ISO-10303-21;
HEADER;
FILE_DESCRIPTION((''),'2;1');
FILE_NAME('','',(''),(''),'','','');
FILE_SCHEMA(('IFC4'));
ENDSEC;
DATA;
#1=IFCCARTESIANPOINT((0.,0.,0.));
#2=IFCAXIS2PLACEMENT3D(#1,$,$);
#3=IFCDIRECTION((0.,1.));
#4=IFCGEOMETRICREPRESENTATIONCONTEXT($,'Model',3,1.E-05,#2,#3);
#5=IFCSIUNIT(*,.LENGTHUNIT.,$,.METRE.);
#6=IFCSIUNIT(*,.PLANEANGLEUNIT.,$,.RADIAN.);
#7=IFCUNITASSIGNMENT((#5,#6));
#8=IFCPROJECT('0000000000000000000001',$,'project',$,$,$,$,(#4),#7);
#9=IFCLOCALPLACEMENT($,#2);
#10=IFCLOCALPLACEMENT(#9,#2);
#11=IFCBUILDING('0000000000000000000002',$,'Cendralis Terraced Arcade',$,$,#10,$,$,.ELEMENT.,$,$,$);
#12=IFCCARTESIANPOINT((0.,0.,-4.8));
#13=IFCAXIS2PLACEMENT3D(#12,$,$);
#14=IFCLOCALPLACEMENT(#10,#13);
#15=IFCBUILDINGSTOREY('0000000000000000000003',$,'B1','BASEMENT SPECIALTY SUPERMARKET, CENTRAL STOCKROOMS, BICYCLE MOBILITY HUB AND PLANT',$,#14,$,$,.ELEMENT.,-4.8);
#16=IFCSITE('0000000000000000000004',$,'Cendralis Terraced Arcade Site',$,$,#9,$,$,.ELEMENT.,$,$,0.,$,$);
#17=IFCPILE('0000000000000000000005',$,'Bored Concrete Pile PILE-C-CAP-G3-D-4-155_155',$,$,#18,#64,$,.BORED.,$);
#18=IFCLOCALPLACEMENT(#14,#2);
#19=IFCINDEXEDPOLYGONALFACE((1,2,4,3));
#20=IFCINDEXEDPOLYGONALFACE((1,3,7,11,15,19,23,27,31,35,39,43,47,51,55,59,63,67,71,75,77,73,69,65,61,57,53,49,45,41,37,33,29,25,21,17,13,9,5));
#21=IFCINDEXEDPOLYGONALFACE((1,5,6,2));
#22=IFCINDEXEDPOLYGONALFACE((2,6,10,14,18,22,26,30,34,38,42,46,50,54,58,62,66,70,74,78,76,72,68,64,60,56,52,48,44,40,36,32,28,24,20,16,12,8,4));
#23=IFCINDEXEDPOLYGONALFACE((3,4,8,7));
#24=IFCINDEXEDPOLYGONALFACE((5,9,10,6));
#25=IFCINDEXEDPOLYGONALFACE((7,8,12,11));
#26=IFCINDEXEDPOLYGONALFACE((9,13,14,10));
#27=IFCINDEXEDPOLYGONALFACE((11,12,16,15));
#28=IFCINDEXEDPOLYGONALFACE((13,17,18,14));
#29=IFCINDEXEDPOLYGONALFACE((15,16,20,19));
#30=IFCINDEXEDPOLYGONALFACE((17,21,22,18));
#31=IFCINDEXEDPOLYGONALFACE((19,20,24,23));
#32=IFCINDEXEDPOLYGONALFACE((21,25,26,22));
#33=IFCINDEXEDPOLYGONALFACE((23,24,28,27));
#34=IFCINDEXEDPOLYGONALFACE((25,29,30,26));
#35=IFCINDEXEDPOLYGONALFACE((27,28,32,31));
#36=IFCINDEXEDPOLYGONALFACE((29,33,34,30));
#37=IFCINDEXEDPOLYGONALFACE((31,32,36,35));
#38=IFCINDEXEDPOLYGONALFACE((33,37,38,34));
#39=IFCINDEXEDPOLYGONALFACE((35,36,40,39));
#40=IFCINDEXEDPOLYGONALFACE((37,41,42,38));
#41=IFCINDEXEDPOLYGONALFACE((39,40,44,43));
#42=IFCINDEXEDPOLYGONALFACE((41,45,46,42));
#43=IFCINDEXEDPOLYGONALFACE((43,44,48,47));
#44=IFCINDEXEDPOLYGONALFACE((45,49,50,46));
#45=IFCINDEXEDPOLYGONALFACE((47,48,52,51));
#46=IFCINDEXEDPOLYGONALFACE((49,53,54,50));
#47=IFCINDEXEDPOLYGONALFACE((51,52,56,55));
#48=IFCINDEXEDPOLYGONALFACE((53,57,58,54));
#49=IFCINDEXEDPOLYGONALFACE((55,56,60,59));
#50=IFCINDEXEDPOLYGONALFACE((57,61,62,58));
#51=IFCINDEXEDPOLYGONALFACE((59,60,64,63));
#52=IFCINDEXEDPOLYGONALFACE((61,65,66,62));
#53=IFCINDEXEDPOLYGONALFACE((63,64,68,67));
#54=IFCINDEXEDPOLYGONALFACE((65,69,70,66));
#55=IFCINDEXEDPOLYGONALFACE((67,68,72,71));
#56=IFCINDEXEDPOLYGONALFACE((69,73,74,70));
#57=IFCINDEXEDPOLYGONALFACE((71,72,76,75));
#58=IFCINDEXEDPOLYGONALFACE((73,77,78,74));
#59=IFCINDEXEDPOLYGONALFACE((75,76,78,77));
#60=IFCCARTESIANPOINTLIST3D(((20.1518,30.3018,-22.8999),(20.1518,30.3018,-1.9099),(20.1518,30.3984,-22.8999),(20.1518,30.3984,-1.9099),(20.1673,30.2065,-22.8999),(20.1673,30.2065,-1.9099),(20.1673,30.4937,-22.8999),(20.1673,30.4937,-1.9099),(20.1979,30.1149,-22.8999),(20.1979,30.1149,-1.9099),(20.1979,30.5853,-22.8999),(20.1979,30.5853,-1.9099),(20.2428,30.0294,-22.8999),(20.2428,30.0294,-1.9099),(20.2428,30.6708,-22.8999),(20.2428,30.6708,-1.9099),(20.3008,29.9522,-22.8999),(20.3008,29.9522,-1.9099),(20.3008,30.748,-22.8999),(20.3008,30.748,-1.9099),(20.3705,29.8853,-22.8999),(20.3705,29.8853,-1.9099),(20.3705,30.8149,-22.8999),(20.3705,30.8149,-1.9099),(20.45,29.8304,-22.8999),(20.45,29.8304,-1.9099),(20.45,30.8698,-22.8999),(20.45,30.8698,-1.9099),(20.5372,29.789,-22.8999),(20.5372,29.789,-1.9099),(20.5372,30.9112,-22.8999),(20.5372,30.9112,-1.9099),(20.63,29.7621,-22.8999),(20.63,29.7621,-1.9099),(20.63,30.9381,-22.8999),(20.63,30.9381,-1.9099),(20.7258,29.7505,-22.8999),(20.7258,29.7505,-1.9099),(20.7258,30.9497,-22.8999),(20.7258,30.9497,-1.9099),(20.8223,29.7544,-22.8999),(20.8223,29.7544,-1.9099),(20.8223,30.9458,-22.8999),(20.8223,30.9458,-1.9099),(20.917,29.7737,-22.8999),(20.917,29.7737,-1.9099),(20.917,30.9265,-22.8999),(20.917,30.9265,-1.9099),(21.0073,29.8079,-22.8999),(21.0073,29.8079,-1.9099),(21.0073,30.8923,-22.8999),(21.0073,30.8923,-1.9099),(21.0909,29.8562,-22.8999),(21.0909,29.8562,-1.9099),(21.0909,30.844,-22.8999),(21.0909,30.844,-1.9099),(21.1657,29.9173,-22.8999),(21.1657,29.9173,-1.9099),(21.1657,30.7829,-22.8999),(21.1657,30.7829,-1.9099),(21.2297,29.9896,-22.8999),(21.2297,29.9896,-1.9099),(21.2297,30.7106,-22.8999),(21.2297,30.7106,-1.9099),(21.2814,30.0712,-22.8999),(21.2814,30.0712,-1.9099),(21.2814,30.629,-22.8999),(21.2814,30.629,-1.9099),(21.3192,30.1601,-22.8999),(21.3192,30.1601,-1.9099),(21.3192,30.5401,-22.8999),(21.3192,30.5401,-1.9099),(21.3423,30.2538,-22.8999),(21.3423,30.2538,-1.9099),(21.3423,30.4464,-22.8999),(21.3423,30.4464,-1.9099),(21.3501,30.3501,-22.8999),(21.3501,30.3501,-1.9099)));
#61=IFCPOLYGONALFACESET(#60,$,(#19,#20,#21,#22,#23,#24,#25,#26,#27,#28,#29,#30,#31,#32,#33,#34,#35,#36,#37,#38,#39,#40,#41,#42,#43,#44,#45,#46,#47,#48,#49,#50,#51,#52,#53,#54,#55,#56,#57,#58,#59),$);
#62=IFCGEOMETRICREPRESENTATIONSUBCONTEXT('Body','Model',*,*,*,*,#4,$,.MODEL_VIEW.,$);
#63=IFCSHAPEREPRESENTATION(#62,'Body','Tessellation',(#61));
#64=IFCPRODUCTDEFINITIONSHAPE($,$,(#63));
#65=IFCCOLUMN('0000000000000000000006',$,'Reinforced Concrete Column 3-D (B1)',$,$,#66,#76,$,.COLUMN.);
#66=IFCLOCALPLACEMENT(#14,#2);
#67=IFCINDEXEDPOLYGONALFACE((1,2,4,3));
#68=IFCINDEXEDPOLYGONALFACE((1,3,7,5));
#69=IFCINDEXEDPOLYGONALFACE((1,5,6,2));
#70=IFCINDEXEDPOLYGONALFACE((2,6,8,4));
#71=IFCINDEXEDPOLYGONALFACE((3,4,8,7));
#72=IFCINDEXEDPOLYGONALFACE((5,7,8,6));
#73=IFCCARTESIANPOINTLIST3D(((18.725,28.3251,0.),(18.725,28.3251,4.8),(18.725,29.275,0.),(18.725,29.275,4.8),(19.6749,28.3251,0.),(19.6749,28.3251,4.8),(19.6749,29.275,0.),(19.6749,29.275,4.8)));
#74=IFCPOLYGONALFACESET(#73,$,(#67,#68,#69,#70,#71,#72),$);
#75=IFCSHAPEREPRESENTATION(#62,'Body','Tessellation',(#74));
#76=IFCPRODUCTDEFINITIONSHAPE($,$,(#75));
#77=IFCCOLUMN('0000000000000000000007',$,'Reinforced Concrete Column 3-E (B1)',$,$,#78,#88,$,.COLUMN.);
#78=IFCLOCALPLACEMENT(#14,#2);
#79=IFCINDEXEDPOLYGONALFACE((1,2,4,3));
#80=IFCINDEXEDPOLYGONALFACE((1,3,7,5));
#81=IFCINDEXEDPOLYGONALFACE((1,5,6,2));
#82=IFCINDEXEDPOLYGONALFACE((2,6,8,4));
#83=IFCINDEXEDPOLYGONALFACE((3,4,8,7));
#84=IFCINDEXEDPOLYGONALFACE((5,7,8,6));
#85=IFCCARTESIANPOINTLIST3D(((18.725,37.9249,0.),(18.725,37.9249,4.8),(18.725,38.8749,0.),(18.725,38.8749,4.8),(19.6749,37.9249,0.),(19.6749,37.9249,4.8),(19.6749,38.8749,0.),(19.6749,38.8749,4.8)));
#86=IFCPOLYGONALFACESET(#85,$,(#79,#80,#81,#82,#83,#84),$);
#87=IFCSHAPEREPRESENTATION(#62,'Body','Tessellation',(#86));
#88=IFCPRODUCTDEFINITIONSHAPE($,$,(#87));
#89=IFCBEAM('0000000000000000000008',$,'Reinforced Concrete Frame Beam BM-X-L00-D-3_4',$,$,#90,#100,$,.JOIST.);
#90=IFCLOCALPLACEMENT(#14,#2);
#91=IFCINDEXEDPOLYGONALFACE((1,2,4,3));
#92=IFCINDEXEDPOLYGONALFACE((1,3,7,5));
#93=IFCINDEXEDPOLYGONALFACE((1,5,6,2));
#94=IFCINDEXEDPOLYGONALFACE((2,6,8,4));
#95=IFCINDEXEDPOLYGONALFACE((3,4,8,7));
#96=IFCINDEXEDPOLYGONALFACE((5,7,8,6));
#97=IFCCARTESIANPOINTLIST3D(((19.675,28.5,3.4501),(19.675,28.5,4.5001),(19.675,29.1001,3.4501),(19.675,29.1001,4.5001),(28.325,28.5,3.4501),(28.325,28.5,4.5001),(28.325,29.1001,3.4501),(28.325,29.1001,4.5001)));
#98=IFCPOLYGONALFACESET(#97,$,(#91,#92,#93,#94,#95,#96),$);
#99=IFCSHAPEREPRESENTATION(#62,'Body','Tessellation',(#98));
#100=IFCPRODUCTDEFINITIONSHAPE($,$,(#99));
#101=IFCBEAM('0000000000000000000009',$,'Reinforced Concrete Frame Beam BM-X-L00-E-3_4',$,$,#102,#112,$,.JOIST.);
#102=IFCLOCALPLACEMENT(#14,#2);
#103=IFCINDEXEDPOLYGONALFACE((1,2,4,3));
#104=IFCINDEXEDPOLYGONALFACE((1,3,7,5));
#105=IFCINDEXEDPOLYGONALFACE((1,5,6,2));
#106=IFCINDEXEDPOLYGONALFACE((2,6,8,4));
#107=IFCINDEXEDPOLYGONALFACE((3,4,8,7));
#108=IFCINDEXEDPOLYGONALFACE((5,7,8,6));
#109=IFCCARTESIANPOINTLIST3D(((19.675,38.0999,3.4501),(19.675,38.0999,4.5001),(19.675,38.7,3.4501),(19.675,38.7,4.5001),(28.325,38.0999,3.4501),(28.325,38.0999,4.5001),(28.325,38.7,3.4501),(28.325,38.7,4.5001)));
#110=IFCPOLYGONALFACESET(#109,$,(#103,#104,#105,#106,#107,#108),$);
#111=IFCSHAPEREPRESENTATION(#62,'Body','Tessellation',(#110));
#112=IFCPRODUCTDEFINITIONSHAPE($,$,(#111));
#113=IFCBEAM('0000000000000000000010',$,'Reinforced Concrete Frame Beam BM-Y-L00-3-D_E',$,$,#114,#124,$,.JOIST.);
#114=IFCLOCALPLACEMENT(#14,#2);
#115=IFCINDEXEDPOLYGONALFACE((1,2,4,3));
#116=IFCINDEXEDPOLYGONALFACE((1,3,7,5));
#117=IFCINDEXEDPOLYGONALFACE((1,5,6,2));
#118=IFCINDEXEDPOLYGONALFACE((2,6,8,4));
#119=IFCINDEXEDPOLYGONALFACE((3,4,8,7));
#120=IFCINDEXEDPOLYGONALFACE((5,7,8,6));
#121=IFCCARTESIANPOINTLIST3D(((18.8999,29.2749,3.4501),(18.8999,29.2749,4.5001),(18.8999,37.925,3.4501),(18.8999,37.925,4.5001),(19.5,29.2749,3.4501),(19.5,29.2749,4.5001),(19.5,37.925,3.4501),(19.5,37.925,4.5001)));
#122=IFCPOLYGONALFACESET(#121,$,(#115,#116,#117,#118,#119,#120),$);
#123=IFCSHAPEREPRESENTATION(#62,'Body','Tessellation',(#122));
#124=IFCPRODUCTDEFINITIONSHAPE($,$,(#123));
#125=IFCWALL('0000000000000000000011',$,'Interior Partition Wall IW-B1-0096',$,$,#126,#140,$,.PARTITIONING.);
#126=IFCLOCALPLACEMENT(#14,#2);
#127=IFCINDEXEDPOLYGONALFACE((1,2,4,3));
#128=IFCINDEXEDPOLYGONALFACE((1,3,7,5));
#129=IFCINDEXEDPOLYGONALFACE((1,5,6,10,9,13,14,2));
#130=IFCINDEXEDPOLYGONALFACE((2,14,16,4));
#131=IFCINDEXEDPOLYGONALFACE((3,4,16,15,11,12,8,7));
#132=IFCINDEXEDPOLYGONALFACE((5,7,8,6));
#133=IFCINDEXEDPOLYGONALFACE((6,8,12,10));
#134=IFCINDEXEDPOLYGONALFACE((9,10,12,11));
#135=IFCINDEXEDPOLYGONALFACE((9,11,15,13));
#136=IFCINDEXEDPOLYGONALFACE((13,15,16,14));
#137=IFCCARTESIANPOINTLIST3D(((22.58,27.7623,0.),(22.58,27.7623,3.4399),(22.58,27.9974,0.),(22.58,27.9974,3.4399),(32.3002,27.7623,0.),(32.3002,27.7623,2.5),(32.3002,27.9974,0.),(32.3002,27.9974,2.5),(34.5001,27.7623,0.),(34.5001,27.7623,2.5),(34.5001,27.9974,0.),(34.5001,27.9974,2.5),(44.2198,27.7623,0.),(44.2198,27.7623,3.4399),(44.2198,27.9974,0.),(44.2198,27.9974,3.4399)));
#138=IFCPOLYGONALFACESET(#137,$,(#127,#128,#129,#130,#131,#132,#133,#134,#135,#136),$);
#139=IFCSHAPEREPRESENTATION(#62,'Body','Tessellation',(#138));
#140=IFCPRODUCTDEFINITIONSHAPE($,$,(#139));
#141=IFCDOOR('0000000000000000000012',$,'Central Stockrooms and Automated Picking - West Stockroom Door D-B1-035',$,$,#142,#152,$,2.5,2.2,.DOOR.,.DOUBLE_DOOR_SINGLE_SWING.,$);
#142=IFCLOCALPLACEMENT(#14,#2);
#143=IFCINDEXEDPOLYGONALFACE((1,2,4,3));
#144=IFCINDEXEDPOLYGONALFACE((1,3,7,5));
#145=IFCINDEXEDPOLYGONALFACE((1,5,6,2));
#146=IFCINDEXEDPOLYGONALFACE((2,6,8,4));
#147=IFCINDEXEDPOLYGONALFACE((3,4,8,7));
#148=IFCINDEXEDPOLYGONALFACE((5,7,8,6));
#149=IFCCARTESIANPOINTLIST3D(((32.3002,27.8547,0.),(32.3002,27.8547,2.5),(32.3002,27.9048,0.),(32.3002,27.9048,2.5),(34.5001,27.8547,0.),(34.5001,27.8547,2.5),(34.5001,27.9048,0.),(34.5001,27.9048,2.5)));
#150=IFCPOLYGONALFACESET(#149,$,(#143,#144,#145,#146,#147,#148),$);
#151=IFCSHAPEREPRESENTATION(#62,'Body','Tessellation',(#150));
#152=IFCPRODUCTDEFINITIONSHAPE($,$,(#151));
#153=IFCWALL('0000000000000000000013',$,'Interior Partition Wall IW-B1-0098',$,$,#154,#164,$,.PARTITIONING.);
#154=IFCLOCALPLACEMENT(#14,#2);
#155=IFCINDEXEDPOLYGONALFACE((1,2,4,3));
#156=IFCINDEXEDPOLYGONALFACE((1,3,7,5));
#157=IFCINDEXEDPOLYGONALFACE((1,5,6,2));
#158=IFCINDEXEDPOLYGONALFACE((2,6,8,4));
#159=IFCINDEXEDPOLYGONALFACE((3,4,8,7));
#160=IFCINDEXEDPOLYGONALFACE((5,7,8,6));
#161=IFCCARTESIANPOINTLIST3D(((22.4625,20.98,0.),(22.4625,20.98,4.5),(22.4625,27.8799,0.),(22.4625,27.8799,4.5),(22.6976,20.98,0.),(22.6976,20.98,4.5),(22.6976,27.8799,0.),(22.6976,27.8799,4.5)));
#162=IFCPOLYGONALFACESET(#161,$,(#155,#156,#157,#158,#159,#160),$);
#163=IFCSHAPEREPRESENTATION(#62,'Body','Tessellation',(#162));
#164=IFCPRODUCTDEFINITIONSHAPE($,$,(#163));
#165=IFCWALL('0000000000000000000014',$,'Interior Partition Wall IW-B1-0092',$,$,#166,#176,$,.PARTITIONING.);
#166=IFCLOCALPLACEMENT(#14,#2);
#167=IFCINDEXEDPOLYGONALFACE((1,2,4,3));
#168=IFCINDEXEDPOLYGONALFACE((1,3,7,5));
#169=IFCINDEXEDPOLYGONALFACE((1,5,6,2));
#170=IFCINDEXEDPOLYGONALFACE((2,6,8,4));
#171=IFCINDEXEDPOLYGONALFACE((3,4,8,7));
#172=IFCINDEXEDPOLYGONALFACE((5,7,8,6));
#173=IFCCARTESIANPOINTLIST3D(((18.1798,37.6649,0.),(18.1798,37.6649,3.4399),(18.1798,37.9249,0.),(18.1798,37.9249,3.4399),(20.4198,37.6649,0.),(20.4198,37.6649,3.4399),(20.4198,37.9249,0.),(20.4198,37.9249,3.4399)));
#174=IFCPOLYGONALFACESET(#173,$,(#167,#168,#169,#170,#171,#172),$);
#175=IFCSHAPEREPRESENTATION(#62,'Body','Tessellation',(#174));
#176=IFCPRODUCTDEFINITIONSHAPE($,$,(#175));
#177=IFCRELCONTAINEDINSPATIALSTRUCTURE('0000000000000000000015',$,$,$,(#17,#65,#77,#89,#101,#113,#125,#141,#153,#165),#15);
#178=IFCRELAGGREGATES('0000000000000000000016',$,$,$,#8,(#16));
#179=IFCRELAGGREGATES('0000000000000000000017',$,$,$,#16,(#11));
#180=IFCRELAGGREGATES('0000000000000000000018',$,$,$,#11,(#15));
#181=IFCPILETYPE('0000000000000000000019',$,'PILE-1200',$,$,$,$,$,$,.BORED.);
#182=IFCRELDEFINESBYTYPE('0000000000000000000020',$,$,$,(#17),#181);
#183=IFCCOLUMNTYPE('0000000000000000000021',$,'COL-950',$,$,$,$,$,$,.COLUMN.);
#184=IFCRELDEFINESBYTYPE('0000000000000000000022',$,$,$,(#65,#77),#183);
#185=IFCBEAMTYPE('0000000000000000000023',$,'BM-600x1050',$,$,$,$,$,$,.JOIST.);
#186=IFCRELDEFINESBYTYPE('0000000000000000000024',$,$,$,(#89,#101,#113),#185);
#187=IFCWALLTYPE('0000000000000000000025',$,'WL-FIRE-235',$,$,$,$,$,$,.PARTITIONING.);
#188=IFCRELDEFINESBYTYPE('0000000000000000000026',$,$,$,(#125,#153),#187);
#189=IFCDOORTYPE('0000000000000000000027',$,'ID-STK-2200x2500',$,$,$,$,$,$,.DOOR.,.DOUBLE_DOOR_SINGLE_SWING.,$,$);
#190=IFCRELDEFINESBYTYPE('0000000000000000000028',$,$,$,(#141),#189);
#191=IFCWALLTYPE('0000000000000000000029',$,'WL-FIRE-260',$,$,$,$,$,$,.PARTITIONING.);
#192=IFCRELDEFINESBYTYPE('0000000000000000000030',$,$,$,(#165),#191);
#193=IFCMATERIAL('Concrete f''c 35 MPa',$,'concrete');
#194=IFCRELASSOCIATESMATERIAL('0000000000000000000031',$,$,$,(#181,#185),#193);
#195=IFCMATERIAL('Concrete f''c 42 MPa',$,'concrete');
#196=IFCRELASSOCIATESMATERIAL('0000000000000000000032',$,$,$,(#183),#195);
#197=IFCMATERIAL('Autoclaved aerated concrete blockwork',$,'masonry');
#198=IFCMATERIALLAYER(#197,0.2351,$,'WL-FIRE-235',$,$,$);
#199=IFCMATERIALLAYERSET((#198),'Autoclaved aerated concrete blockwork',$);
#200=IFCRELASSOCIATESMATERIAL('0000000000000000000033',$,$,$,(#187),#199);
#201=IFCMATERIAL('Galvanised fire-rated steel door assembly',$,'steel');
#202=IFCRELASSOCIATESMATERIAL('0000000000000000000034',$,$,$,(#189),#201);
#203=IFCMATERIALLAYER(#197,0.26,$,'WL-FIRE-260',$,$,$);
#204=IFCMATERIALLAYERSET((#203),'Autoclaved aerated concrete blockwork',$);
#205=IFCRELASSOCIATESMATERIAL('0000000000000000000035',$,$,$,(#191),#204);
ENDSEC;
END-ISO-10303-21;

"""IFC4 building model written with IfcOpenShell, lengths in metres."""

from ifc_helpers import new_model, si_unit, direction, frame, frame_2d, origin, origin_2d, place, context, subcontext, project, spatial, rectangle, circle, extrude, material, layer, layer_set, material_profile, profile_set, type_object, element, fill, save


model = new_model("IFC4")

# Units and contexts
model_context = context("Model", 3, precision=1e-05, world=origin(), true_north=direction((0.0, 1.0)))
body_context = subcontext(model_context, "Body", "Model", "MODEL_VIEW")
ifc_project = project(units=[si_unit("LENGTHUNIT", "METRE"), si_unit("PLANEANGLEUNIT", "RADIAN")], contexts=[model_context])

# Site, building, storey
site_placement = place(None, origin())
site = spatial("IfcSite", under=ifc_project, at=site_placement, Name="Cendralis Terraced Arcade Site", CompositionType="ELEMENT", RefElevation=0.0)
building_placement = place(site_placement, origin())
building = spatial("IfcBuilding", under=site, at=building_placement, Name="Cendralis Terraced Arcade", CompositionType="ELEMENT")
storey_placement = place(building_placement, frame((0.0, 0.0, -4.8)))
storey = spatial("IfcBuildingStorey", under=building, at=storey_placement, Name="B1", Description="BASEMENT SPECIALTY SUPERMARKET, CENTRAL STOCKROOMS, BICYCLE MOBILITY HUB AND PLANT", CompositionType="ELEMENT", Elevation=-4.8)

# Shared definitions
ifc_material_1 = material(Name="Concrete f'c 35 MPa", Category="concrete")

# Pile
ifc_material_profile_1 = material_profile(ifc_material_1, circle(Radius=0.6001, at=origin_2d()), Name="PILE-D1200", Category="LoadBearing")
ifc_profile_set_1 = profile_set([ifc_material_profile_1], Name="Concrete f'c 35 MPa")
pile_type_1 = type_object("IfcPileType", Name="PILE-1200", PredefinedType="BORED", material=ifc_profile_set_1)
for number, where, z_axis, x_axis, name in (
    (1, (20.75, 30.3501, -1.9099), (0.0, 0.0, -1.0), (1.0, 0.0, 0.0), "Bored Concrete Pile PILE-C-CAP-G3-D-4-155_155"),
):
    element("IfcPile", number, at=place(storey_placement, frame(where, z_axis=z_axis, x_axis=x_axis)), inside=storey, type_object=pile_type_1, Name=name, PredefinedType="BORED", context=body_context, shape_type="SweptSolid", body=[
        extrude(circle(Radius=0.6001, at=origin_2d()), origin(), (0.0, 0.0, 1.0), 20.99),
    ])

# Columns
ifc_material_2 = material(Name="Concrete f'c 42 MPa", Category="concrete")
ifc_material_profile_2 = material_profile(ifc_material_2, rectangle(XDim=0.95, YDim=0.95, at=origin_2d()), Name="RC-COL-950x950", Category="LoadBearing")
ifc_profile_set_2 = profile_set([ifc_material_profile_2], Name="Concrete f'c 42 MPa")
column_type = type_object("IfcColumnType", Name="COL-950", PredefinedType="COLUMN", material=ifc_profile_set_2)
for number, where, z_axis, x_axis, name in (
    (2, (19.2, 28.8, 0.0), (0.0, 0.0, 1.0), (1.0, 0.0, 0.0), "Reinforced Concrete Column 3-D (B1)"),
    (3, (19.2, 38.3999, 0.0), (0.0, 0.0, 1.0), (1.0, 0.0, 0.0), "Reinforced Concrete Column 3-E (B1)"),
):
    element("IfcColumn", number, at=place(storey_placement, frame(where, z_axis=z_axis, x_axis=x_axis)), inside=storey, type_object=column_type, Name=name, PredefinedType="COLUMN", context=body_context, shape_type="SweptSolid", body=[
        extrude(rectangle(XDim=0.95, YDim=0.95, at=origin_2d()), origin(), (0.0, 0.0, 1.0), 4.8),
    ])

# Beams
ifc_material_profile_3 = material_profile(ifc_material_1, rectangle(XDim=0.6001, YDim=1.05, at=origin_2d()), Name="RC-BM-600x1050", Category="LoadBearing")
ifc_profile_set_3 = profile_set([ifc_material_profile_3], Name="Concrete f'c 35 MPa")
beam_type = type_object("IfcBeamType", Name="BM-600x1050", PredefinedType="JOIST", material=ifc_profile_set_3)
for number, where, z_axis, x_axis, name in (
    (4, (19.675, 28.8, 3.9751), (1.0, 0.0, 0.0), (0.0, 1.0, 0.0), "Reinforced Concrete Frame Beam BM-X-L00-D-3_4"),
    (5, (19.675, 38.3999, 3.9751), (1.0, 0.0, 0.0), (0.0, 1.0, 0.0), "Reinforced Concrete Frame Beam BM-X-L00-E-3_4"),
):
    element("IfcBeam", number, at=place(storey_placement, frame(where, z_axis=z_axis, x_axis=x_axis)), inside=storey, type_object=beam_type, Name=name, PredefinedType="JOIST", context=body_context, shape_type="SweptSolid", body=[
        extrude(rectangle(XDim=0.6001, YDim=1.05, at=origin_2d()), origin(), (0.0, 0.0, 1.0), 8.6499),
    ])
beam_placement = place(storey_placement, frame((19.2, 29.2749, 3.9751), z_axis=(0.0, 1.0, 0.0), x_axis=(-1.0, 0.0, 0.0)))
element("IfcBeam", 6, at=beam_placement, inside=storey, type_object=beam_type, Name="Reinforced Concrete Frame Beam BM-Y-L00-3-D_E", PredefinedType="JOIST", context=body_context, shape_type="SweptSolid", body=[
    extrude(rectangle(XDim=0.6001, YDim=1.05, at=origin_2d()), origin(), (0.0, 0.0, 1.0), 8.6501),
])

# Wall, opening, door
ifc_material_3 = material(Name="Autoclaved aerated concrete blockwork", Category="masonry")
ifc_layer_1 = layer(ifc_material_3, 0.2351, Name="WL-FIRE-235")
ifc_layer_set_1 = layer_set([ifc_layer_1], Name="Autoclaved aerated concrete blockwork")
wall_type_1 = type_object("IfcWallType", Name="WL-FIRE-235", PredefinedType="PARTITIONING", material=ifc_layer_set_1)
wall_1_placement = place(storey_placement, frame((22.5801, 27.8799, 0.0), z_axis=(0.0, 0.0, 1.0), x_axis=(1.0, 0.0, 0.0)))
wall_1 = element("IfcWall", 7, at=wall_1_placement, inside=storey, type_object=wall_type_1, Name="Interior Partition Wall IW-B1-0096", PredefinedType="PARTITIONING", context=body_context, shape_type="SweptSolid", body=[
    extrude(rectangle(XDim=21.6399, YDim=0.2351, at=frame_2d((10.8198, 0.0))), origin(), (0.0, 0.0, 1.0), 3.4399),
])
opening_placement = place(wall_1_placement, frame((9.72, 0.0, 0.0)))
opening = element("IfcOpeningElement", 8, at=opening_placement, cuts=wall_1, PredefinedType="OPENING", context=body_context, shape_type="SweptSolid", body=[
    extrude(rectangle(XDim=2.2, YDim=2.5, at=frame_2d((1.1001, 1.25))), frame((0.0, 0.1294, 0.0), z_axis=(0.0, -1.0, 0.0), x_axis=(1.0, 0.0, 0.0)), (0.0, 0.0, 1.0), 0.259),
])
ifc_material_4 = material(Name="Galvanised fire-rated steel door assembly", Category="steel")
door_type = type_object("IfcDoorType", Name="ID-STK-2200x2500", OperationType="DOUBLE_DOOR_SINGLE_SWING", PredefinedType="DOOR", material=ifc_material_4)
door_placement = place(opening_placement, origin())
door = element("IfcDoor", 9, at=door_placement, inside=storey, type_object=door_type, Name="Central Stockrooms and Automated Picking - West Stockroom Door D-B1-035", OperationType="DOUBLE_DOOR_SINGLE_SWING", OverallHeight=2.5, OverallWidth=2.2, PredefinedType="DOOR", context=body_context, shape_type="SweptSolid", body=[
    extrude(rectangle(XDim=2.2, YDim=2.5, at=frame_2d((1.1001, 1.25))), frame((0.0, 0.0249, 0.0), z_axis=(0.0, -1.0, 0.0), x_axis=(1.0, 0.0, 0.0)), (0.0, 0.0, 1.0), 0.05),
])
fill(opening, door)

# Walls
wall_2_placement = place(storey_placement, frame((22.5801, 20.98, 0.0), z_axis=(0.0, 0.0, 1.0), x_axis=(0.0, 1.0, 0.0)))
element("IfcWall", 10, at=wall_2_placement, inside=storey, type_object=wall_type_1, Name="Interior Partition Wall IW-B1-0098", PredefinedType="PARTITIONING", context=body_context, shape_type="SweptSolid", body=[
    extrude(rectangle(XDim=6.8999, YDim=0.2351, at=frame_2d((3.45, 0.0))), origin(), (0.0, 0.0, 1.0), 4.5),
])
ifc_layer_2 = layer(ifc_material_3, 0.26, Name="WL-FIRE-260")
ifc_layer_set_2 = layer_set([ifc_layer_2], Name="Autoclaved aerated concrete blockwork")
wall_type_2 = type_object("IfcWallType", Name="WL-FIRE-260", PredefinedType="PARTITIONING", material=ifc_layer_set_2)
wall_3_placement = place(storey_placement, frame((20.4199, 37.7949, 0.0), z_axis=(0.0, 0.0, 1.0), x_axis=(-1.0, 0.0, 0.0)))
element("IfcWall", 11, at=wall_3_placement, inside=storey, type_object=wall_type_2, Name="Interior Partition Wall IW-B1-0092", PredefinedType="PARTITIONING", context=body_context, shape_type="SweptSolid", body=[
    extrude(rectangle(XDim=2.24, YDim=0.26, at=frame_2d((1.1201, 0.0))), origin(), (0.0, 0.0, 1.0), 3.4399),
])

save(model, "model.ifc")
